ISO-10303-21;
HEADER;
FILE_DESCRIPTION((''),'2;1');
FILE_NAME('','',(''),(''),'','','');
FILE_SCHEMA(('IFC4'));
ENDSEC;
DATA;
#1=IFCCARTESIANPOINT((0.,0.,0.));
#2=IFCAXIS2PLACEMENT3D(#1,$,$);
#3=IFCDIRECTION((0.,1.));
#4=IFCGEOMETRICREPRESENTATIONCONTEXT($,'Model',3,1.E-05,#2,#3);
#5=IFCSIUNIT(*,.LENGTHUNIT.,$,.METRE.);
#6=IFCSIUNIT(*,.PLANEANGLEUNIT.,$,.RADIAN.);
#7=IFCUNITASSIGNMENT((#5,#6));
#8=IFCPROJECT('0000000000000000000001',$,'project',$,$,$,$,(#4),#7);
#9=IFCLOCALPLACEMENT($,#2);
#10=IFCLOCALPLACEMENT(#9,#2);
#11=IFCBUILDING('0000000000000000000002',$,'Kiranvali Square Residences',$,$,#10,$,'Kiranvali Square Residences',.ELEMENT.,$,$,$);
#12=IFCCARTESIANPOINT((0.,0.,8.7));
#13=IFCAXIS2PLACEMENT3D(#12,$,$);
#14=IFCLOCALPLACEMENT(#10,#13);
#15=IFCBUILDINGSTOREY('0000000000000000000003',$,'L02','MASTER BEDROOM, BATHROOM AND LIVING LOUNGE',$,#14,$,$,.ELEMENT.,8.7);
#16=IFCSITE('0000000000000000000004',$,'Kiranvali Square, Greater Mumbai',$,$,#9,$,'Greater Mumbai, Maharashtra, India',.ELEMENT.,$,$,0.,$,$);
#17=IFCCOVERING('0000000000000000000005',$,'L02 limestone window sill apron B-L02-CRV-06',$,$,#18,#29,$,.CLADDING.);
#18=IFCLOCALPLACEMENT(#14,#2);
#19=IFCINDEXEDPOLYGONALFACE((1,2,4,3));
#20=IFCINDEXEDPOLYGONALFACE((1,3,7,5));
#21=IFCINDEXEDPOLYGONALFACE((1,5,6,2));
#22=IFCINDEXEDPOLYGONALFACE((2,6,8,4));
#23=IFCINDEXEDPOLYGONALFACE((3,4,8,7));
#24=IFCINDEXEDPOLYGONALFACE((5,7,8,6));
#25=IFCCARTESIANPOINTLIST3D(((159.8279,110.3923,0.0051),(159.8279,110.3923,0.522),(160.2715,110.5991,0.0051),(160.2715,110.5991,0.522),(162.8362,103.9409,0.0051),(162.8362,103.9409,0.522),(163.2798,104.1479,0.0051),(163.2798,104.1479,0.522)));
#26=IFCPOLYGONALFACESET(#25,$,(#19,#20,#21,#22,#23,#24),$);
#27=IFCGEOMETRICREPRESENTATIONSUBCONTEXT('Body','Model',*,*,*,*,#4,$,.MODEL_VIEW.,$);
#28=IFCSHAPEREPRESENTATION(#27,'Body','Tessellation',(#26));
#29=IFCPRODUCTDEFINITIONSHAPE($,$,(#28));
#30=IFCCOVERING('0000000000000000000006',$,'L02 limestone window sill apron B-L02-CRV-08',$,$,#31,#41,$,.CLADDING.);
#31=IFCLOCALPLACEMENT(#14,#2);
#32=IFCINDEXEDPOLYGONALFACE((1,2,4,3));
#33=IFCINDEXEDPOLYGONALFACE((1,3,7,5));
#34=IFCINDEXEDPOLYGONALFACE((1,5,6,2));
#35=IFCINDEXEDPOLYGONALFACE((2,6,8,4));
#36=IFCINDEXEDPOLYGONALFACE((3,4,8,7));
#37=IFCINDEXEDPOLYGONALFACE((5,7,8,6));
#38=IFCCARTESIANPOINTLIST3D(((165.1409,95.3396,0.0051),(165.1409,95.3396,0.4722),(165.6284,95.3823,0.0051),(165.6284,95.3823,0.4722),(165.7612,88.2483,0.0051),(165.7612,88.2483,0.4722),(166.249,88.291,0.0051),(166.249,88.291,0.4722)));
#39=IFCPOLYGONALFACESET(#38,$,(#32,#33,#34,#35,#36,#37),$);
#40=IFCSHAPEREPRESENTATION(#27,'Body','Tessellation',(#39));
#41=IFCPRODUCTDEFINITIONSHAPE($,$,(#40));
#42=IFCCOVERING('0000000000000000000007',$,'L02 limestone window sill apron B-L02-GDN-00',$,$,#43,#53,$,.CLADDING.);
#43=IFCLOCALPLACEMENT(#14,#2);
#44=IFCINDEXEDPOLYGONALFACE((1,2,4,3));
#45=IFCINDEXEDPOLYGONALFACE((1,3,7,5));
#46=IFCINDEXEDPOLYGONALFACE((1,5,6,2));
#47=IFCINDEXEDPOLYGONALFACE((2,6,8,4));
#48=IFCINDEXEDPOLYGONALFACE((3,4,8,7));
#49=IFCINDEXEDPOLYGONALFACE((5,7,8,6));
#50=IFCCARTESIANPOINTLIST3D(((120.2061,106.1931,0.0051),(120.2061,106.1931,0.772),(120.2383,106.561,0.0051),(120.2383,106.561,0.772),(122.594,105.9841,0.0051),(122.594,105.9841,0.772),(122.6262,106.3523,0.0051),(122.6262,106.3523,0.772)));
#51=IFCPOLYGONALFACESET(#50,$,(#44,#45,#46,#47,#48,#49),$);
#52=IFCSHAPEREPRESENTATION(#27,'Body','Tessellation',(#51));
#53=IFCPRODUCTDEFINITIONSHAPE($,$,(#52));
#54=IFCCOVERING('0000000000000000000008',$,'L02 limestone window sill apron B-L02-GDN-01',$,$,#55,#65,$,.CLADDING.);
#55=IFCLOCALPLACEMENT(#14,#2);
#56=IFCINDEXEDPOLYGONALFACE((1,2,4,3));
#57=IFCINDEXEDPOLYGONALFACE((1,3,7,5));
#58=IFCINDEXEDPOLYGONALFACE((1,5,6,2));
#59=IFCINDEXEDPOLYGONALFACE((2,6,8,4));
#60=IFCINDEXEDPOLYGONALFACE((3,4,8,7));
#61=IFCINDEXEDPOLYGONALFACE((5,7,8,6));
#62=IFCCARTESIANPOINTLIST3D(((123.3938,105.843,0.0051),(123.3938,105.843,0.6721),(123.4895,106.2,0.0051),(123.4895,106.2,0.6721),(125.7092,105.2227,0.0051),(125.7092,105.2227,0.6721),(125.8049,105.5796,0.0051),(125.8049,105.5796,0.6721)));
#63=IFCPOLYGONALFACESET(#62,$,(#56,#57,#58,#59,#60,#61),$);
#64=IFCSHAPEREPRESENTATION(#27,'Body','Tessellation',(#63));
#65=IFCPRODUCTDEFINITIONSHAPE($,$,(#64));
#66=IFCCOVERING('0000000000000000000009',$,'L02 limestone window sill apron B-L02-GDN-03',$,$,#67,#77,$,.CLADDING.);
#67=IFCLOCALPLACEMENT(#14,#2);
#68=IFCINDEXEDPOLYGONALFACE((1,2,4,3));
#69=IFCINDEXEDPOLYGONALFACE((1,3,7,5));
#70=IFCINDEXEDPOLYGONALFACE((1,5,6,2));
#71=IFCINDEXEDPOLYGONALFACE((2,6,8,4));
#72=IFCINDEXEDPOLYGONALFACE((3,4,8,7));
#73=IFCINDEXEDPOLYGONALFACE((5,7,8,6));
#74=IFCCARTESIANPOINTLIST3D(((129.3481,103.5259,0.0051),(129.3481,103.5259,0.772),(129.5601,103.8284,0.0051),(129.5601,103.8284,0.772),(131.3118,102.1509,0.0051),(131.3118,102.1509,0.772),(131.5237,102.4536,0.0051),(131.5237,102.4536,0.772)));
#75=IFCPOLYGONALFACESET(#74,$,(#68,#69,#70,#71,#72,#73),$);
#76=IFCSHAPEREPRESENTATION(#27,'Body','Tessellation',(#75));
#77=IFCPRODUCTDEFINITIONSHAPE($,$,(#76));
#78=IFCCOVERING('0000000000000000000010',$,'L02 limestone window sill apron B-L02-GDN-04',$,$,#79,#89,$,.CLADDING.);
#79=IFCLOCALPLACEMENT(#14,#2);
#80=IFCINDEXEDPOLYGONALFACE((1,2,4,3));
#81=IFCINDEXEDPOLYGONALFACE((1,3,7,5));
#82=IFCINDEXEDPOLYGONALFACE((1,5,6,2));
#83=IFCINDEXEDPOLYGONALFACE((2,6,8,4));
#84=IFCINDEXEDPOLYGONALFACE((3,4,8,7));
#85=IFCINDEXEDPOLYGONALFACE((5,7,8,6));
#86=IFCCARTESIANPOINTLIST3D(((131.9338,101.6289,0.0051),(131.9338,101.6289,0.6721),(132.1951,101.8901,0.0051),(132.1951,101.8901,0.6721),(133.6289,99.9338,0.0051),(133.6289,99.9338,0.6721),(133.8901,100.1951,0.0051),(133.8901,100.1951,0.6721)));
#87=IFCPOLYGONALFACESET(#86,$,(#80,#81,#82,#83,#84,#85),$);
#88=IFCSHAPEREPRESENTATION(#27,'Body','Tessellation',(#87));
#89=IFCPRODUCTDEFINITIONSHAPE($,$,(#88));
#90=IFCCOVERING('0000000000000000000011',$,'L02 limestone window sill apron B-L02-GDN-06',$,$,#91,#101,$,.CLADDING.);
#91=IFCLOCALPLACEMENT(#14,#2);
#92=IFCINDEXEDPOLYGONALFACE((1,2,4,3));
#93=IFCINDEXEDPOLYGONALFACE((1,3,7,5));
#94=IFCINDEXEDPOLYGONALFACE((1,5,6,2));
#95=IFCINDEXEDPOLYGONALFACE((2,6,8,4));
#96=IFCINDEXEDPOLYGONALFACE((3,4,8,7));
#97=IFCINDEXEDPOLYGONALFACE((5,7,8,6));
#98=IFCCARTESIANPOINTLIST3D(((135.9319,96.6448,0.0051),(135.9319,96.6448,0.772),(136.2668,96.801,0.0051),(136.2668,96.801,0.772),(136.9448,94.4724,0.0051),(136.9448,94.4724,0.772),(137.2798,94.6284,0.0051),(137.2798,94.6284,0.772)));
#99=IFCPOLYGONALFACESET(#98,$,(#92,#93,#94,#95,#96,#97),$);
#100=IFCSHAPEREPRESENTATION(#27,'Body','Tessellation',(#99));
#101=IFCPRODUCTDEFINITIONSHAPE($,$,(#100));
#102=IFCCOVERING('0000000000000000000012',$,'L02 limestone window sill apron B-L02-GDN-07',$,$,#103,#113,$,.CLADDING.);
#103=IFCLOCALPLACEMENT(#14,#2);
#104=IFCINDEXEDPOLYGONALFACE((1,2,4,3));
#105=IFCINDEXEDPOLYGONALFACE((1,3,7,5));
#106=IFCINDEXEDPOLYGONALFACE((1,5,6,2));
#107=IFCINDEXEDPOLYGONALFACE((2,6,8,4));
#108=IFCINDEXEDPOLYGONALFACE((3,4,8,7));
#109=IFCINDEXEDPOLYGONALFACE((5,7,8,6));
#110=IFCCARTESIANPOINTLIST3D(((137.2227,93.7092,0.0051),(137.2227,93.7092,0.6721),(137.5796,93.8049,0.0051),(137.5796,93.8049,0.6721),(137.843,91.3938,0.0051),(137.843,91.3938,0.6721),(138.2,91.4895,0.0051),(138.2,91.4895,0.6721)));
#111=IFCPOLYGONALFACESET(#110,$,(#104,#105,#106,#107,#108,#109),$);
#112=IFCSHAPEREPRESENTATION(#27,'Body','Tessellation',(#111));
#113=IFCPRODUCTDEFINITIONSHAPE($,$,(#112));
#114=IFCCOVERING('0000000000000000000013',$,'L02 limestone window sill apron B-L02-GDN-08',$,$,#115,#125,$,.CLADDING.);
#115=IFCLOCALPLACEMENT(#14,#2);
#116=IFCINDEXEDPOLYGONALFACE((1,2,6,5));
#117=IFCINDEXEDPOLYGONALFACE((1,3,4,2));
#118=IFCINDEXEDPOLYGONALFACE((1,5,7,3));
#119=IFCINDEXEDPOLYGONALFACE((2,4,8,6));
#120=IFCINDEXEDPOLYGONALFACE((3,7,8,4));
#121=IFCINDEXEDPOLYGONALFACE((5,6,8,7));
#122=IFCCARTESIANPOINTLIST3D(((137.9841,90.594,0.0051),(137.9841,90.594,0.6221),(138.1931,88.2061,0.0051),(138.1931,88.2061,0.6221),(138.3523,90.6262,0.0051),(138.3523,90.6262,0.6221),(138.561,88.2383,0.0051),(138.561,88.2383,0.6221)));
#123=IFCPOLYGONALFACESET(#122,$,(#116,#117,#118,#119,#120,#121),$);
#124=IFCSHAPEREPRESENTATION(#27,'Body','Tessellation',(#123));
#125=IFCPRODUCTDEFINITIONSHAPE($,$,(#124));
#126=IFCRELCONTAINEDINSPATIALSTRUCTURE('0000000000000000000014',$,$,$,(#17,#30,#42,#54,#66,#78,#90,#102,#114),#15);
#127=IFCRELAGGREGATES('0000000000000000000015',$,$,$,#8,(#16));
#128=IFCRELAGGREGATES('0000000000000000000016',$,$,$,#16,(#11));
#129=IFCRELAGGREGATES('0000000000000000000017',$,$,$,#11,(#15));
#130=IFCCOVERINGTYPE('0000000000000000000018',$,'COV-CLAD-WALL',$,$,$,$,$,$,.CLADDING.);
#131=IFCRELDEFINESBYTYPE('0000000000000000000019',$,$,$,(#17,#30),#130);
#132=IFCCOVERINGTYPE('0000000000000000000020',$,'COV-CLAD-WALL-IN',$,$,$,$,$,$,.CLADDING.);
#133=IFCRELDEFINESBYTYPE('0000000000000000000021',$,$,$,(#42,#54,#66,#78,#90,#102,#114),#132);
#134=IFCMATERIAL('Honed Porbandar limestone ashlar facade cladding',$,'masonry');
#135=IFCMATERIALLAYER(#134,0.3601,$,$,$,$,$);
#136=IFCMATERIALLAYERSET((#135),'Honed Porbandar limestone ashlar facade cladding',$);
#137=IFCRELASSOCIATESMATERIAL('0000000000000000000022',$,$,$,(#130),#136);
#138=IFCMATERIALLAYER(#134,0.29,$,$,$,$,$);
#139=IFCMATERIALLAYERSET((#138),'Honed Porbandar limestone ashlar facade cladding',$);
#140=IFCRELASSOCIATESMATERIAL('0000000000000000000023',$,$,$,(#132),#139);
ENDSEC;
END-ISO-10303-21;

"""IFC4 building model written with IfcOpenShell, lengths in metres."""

from ifc_helpers import new_model, si_unit, direction, frame, origin, place, context, subcontext, project, spatial, polyline, outline, extrude, material, layer, layer_set, type_object, element, save


model = new_model("IFC4")

# Units and contexts
model_context = context("Model", 3, precision=1e-05, world=origin(), true_north=direction((0.0, 1.0)))
body_context = subcontext(model_context, "Body", "Model", "MODEL_VIEW")
ifc_project = project(units=[si_unit("LENGTHUNIT", "METRE"), si_unit("PLANEANGLEUNIT", "RADIAN")], contexts=[model_context])

# Site, building, storey
site_placement = place(None, origin())
site = spatial("IfcSite", under=ifc_project, at=site_placement, Name="Kiranvali Square, Greater Mumbai", LongName="Greater Mumbai, Maharashtra, India", CompositionType="ELEMENT", RefElevation=0.0)
building_placement = place(site_placement, origin())
building = spatial("IfcBuilding", under=site, at=building_placement, Name="Kiranvali Square Residences", LongName="Kiranvali Square Residences", CompositionType="ELEMENT")
storey_placement = place(building_placement, frame((0.0, 0.0, 8.7)))
storey = spatial("IfcBuildingStorey", under=building, at=storey_placement, Name="L02", Description="MASTER BEDROOM, BATHROOM AND LIVING LOUNGE", CompositionType="ELEMENT", Elevation=8.7)

# Coverings
ifc_material = material(Name="Honed Porbandar limestone ashlar facade cladding", Category="masonry")
ifc_layer_1 = layer(ifc_material, 0.3601)
ifc_layer_set_1 = layer_set([ifc_layer_1], Name="Honed Porbandar limestone ashlar facade cladding")
covering_type_1 = type_object("IfcCoveringType", Name="COV-CLAD-WALL", PredefinedType="CLADDING", material=ifc_layer_set_1)
covering_1_placement = place(storey_placement, frame((0.0, 0.0, 0.0051)))
element("IfcCovering", 1, at=covering_1_placement, inside=storey, type_object=covering_type_1, Name="L02 limestone window sill apron B-L02-CRV-06", PredefinedType="CLADDING", context=body_context, shape_type="SweptSolid", body=[
    extrude(outline(polyline([(159.8279, 110.3923), (162.8362, 103.9409), (163.2798, 104.1479), (160.2715, 110.5991), (159.8279, 110.3923)])), origin(), (0.0, 0.0, 1.0), 0.5168),
])
covering_2_placement = place(storey_placement, frame((0.0, 0.0, 0.0051)))
element("IfcCovering", 2, at=covering_2_placement, inside=storey, type_object=covering_type_1, Name="L02 limestone window sill apron B-L02-CRV-08", PredefinedType="CLADDING", context=body_context, shape_type="SweptSolid", body=[
    extrude(outline(polyline([(165.1409, 95.3396), (165.7612, 88.2483), (166.249, 88.291), (165.6284, 95.3823), (165.1409, 95.3396)])), origin(), (0.0, 0.0, 1.0), 0.467),
])
ifc_layer_2 = layer(ifc_material, 0.29)
ifc_layer_set_2 = layer_set([ifc_layer_2], Name="Honed Porbandar limestone ashlar facade cladding")
covering_type_2 = type_object("IfcCoveringType", Name="COV-CLAD-WALL-IN", PredefinedType="CLADDING", material=ifc_layer_set_2)
covering_3_placement = place(storey_placement, frame((0.0, 0.0, 0.0051)))
element("IfcCovering", 3, at=covering_3_placement, inside=storey, type_object=covering_type_2, Name="L02 limestone window sill apron B-L02-GDN-00", PredefinedType="CLADDING", context=body_context, shape_type="SweptSolid", body=[
    extrude(outline(polyline([(120.2061, 106.1931), (122.594, 105.9841), (122.6262, 106.3523), (120.2383, 106.561), (120.2061, 106.1931)])), origin(), (0.0, 0.0, 1.0), 0.7668),
])
covering_4_placement = place(storey_placement, frame((0.0, 0.0, 0.0051)))
element("IfcCovering", 4, at=covering_4_placement, inside=storey, type_object=covering_type_2, Name="L02 limestone window sill apron B-L02-GDN-01", PredefinedType="CLADDING", context=body_context, shape_type="SweptSolid", body=[
    extrude(outline(polyline([(123.3938, 105.843), (125.7092, 105.2227), (125.8049, 105.5796), (123.4895, 106.2), (123.3938, 105.843)])), origin(), (0.0, 0.0, 1.0), 0.667),
])
covering_5_placement = place(storey_placement, frame((0.0, 0.0, 0.0051)))
element("IfcCovering", 5, at=covering_5_placement, inside=storey, type_object=covering_type_2, Name="L02 limestone window sill apron B-L02-GDN-03", PredefinedType="CLADDING", context=body_context, shape_type="SweptSolid", body=[
    extrude(outline(polyline([(129.3481, 103.5259), (131.3118, 102.1509), (131.5237, 102.4536), (129.5601, 103.8284), (129.3481, 103.5259)])), origin(), (0.0, 0.0, 1.0), 0.7668),
])
covering_6_placement = place(storey_placement, frame((0.0, 0.0, 0.0051)))
element("IfcCovering", 6, at=covering_6_placement, inside=storey, type_object=covering_type_2, Name="L02 limestone window sill apron B-L02-GDN-04", PredefinedType="CLADDING", context=body_context, shape_type="SweptSolid", body=[
    extrude(outline(polyline([(131.9338, 101.6289), (133.6289, 99.9338), (133.8901, 100.1951), (132.1951, 101.8901), (131.9338, 101.6289)])), origin(), (0.0, 0.0, 1.0), 0.667),
])
covering_7_placement = place(storey_placement, frame((0.0, 0.0, 0.0051)))
element("IfcCovering", 7, at=covering_7_placement, inside=storey, type_object=covering_type_2, Name="L02 limestone window sill apron B-L02-GDN-06", PredefinedType="CLADDING", context=body_context, shape_type="SweptSolid", body=[
    extrude(outline(polyline([(135.9319, 96.6448), (136.9448, 94.4724), (137.2798, 94.6284), (136.2668, 96.801), (135.9319, 96.6448)])), origin(), (0.0, 0.0, 1.0), 0.7668),
])
covering_8_placement = place(storey_placement, frame((0.0, 0.0, 0.0051)))
element("IfcCovering", 8, at=covering_8_placement, inside=storey, type_object=covering_type_2, Name="L02 limestone window sill apron B-L02-GDN-07", PredefinedType="CLADDING", context=body_context, shape_type="SweptSolid", body=[
    extrude(outline(polyline([(137.2227, 93.7092), (137.843, 91.3938), (138.2, 91.4895), (137.5796, 93.8049), (137.2227, 93.7092)])), origin(), (0.0, 0.0, 1.0), 0.667),
])
covering_9_placement = place(storey_placement, frame((0.0, 0.0, 0.0051)))
element("IfcCovering", 9, at=covering_9_placement, inside=storey, type_object=covering_type_2, Name="L02 limestone window sill apron B-L02-GDN-08", PredefinedType="CLADDING", context=body_context, shape_type="SweptSolid", body=[
    extrude(outline(polyline([(137.9841, 90.594), (138.1931, 88.2061), (138.561, 88.2383), (138.3523, 90.6262), (137.9841, 90.594)])), origin(), (0.0, 0.0, 1.0), 0.6169),
])

save(model, "model.ifc")
